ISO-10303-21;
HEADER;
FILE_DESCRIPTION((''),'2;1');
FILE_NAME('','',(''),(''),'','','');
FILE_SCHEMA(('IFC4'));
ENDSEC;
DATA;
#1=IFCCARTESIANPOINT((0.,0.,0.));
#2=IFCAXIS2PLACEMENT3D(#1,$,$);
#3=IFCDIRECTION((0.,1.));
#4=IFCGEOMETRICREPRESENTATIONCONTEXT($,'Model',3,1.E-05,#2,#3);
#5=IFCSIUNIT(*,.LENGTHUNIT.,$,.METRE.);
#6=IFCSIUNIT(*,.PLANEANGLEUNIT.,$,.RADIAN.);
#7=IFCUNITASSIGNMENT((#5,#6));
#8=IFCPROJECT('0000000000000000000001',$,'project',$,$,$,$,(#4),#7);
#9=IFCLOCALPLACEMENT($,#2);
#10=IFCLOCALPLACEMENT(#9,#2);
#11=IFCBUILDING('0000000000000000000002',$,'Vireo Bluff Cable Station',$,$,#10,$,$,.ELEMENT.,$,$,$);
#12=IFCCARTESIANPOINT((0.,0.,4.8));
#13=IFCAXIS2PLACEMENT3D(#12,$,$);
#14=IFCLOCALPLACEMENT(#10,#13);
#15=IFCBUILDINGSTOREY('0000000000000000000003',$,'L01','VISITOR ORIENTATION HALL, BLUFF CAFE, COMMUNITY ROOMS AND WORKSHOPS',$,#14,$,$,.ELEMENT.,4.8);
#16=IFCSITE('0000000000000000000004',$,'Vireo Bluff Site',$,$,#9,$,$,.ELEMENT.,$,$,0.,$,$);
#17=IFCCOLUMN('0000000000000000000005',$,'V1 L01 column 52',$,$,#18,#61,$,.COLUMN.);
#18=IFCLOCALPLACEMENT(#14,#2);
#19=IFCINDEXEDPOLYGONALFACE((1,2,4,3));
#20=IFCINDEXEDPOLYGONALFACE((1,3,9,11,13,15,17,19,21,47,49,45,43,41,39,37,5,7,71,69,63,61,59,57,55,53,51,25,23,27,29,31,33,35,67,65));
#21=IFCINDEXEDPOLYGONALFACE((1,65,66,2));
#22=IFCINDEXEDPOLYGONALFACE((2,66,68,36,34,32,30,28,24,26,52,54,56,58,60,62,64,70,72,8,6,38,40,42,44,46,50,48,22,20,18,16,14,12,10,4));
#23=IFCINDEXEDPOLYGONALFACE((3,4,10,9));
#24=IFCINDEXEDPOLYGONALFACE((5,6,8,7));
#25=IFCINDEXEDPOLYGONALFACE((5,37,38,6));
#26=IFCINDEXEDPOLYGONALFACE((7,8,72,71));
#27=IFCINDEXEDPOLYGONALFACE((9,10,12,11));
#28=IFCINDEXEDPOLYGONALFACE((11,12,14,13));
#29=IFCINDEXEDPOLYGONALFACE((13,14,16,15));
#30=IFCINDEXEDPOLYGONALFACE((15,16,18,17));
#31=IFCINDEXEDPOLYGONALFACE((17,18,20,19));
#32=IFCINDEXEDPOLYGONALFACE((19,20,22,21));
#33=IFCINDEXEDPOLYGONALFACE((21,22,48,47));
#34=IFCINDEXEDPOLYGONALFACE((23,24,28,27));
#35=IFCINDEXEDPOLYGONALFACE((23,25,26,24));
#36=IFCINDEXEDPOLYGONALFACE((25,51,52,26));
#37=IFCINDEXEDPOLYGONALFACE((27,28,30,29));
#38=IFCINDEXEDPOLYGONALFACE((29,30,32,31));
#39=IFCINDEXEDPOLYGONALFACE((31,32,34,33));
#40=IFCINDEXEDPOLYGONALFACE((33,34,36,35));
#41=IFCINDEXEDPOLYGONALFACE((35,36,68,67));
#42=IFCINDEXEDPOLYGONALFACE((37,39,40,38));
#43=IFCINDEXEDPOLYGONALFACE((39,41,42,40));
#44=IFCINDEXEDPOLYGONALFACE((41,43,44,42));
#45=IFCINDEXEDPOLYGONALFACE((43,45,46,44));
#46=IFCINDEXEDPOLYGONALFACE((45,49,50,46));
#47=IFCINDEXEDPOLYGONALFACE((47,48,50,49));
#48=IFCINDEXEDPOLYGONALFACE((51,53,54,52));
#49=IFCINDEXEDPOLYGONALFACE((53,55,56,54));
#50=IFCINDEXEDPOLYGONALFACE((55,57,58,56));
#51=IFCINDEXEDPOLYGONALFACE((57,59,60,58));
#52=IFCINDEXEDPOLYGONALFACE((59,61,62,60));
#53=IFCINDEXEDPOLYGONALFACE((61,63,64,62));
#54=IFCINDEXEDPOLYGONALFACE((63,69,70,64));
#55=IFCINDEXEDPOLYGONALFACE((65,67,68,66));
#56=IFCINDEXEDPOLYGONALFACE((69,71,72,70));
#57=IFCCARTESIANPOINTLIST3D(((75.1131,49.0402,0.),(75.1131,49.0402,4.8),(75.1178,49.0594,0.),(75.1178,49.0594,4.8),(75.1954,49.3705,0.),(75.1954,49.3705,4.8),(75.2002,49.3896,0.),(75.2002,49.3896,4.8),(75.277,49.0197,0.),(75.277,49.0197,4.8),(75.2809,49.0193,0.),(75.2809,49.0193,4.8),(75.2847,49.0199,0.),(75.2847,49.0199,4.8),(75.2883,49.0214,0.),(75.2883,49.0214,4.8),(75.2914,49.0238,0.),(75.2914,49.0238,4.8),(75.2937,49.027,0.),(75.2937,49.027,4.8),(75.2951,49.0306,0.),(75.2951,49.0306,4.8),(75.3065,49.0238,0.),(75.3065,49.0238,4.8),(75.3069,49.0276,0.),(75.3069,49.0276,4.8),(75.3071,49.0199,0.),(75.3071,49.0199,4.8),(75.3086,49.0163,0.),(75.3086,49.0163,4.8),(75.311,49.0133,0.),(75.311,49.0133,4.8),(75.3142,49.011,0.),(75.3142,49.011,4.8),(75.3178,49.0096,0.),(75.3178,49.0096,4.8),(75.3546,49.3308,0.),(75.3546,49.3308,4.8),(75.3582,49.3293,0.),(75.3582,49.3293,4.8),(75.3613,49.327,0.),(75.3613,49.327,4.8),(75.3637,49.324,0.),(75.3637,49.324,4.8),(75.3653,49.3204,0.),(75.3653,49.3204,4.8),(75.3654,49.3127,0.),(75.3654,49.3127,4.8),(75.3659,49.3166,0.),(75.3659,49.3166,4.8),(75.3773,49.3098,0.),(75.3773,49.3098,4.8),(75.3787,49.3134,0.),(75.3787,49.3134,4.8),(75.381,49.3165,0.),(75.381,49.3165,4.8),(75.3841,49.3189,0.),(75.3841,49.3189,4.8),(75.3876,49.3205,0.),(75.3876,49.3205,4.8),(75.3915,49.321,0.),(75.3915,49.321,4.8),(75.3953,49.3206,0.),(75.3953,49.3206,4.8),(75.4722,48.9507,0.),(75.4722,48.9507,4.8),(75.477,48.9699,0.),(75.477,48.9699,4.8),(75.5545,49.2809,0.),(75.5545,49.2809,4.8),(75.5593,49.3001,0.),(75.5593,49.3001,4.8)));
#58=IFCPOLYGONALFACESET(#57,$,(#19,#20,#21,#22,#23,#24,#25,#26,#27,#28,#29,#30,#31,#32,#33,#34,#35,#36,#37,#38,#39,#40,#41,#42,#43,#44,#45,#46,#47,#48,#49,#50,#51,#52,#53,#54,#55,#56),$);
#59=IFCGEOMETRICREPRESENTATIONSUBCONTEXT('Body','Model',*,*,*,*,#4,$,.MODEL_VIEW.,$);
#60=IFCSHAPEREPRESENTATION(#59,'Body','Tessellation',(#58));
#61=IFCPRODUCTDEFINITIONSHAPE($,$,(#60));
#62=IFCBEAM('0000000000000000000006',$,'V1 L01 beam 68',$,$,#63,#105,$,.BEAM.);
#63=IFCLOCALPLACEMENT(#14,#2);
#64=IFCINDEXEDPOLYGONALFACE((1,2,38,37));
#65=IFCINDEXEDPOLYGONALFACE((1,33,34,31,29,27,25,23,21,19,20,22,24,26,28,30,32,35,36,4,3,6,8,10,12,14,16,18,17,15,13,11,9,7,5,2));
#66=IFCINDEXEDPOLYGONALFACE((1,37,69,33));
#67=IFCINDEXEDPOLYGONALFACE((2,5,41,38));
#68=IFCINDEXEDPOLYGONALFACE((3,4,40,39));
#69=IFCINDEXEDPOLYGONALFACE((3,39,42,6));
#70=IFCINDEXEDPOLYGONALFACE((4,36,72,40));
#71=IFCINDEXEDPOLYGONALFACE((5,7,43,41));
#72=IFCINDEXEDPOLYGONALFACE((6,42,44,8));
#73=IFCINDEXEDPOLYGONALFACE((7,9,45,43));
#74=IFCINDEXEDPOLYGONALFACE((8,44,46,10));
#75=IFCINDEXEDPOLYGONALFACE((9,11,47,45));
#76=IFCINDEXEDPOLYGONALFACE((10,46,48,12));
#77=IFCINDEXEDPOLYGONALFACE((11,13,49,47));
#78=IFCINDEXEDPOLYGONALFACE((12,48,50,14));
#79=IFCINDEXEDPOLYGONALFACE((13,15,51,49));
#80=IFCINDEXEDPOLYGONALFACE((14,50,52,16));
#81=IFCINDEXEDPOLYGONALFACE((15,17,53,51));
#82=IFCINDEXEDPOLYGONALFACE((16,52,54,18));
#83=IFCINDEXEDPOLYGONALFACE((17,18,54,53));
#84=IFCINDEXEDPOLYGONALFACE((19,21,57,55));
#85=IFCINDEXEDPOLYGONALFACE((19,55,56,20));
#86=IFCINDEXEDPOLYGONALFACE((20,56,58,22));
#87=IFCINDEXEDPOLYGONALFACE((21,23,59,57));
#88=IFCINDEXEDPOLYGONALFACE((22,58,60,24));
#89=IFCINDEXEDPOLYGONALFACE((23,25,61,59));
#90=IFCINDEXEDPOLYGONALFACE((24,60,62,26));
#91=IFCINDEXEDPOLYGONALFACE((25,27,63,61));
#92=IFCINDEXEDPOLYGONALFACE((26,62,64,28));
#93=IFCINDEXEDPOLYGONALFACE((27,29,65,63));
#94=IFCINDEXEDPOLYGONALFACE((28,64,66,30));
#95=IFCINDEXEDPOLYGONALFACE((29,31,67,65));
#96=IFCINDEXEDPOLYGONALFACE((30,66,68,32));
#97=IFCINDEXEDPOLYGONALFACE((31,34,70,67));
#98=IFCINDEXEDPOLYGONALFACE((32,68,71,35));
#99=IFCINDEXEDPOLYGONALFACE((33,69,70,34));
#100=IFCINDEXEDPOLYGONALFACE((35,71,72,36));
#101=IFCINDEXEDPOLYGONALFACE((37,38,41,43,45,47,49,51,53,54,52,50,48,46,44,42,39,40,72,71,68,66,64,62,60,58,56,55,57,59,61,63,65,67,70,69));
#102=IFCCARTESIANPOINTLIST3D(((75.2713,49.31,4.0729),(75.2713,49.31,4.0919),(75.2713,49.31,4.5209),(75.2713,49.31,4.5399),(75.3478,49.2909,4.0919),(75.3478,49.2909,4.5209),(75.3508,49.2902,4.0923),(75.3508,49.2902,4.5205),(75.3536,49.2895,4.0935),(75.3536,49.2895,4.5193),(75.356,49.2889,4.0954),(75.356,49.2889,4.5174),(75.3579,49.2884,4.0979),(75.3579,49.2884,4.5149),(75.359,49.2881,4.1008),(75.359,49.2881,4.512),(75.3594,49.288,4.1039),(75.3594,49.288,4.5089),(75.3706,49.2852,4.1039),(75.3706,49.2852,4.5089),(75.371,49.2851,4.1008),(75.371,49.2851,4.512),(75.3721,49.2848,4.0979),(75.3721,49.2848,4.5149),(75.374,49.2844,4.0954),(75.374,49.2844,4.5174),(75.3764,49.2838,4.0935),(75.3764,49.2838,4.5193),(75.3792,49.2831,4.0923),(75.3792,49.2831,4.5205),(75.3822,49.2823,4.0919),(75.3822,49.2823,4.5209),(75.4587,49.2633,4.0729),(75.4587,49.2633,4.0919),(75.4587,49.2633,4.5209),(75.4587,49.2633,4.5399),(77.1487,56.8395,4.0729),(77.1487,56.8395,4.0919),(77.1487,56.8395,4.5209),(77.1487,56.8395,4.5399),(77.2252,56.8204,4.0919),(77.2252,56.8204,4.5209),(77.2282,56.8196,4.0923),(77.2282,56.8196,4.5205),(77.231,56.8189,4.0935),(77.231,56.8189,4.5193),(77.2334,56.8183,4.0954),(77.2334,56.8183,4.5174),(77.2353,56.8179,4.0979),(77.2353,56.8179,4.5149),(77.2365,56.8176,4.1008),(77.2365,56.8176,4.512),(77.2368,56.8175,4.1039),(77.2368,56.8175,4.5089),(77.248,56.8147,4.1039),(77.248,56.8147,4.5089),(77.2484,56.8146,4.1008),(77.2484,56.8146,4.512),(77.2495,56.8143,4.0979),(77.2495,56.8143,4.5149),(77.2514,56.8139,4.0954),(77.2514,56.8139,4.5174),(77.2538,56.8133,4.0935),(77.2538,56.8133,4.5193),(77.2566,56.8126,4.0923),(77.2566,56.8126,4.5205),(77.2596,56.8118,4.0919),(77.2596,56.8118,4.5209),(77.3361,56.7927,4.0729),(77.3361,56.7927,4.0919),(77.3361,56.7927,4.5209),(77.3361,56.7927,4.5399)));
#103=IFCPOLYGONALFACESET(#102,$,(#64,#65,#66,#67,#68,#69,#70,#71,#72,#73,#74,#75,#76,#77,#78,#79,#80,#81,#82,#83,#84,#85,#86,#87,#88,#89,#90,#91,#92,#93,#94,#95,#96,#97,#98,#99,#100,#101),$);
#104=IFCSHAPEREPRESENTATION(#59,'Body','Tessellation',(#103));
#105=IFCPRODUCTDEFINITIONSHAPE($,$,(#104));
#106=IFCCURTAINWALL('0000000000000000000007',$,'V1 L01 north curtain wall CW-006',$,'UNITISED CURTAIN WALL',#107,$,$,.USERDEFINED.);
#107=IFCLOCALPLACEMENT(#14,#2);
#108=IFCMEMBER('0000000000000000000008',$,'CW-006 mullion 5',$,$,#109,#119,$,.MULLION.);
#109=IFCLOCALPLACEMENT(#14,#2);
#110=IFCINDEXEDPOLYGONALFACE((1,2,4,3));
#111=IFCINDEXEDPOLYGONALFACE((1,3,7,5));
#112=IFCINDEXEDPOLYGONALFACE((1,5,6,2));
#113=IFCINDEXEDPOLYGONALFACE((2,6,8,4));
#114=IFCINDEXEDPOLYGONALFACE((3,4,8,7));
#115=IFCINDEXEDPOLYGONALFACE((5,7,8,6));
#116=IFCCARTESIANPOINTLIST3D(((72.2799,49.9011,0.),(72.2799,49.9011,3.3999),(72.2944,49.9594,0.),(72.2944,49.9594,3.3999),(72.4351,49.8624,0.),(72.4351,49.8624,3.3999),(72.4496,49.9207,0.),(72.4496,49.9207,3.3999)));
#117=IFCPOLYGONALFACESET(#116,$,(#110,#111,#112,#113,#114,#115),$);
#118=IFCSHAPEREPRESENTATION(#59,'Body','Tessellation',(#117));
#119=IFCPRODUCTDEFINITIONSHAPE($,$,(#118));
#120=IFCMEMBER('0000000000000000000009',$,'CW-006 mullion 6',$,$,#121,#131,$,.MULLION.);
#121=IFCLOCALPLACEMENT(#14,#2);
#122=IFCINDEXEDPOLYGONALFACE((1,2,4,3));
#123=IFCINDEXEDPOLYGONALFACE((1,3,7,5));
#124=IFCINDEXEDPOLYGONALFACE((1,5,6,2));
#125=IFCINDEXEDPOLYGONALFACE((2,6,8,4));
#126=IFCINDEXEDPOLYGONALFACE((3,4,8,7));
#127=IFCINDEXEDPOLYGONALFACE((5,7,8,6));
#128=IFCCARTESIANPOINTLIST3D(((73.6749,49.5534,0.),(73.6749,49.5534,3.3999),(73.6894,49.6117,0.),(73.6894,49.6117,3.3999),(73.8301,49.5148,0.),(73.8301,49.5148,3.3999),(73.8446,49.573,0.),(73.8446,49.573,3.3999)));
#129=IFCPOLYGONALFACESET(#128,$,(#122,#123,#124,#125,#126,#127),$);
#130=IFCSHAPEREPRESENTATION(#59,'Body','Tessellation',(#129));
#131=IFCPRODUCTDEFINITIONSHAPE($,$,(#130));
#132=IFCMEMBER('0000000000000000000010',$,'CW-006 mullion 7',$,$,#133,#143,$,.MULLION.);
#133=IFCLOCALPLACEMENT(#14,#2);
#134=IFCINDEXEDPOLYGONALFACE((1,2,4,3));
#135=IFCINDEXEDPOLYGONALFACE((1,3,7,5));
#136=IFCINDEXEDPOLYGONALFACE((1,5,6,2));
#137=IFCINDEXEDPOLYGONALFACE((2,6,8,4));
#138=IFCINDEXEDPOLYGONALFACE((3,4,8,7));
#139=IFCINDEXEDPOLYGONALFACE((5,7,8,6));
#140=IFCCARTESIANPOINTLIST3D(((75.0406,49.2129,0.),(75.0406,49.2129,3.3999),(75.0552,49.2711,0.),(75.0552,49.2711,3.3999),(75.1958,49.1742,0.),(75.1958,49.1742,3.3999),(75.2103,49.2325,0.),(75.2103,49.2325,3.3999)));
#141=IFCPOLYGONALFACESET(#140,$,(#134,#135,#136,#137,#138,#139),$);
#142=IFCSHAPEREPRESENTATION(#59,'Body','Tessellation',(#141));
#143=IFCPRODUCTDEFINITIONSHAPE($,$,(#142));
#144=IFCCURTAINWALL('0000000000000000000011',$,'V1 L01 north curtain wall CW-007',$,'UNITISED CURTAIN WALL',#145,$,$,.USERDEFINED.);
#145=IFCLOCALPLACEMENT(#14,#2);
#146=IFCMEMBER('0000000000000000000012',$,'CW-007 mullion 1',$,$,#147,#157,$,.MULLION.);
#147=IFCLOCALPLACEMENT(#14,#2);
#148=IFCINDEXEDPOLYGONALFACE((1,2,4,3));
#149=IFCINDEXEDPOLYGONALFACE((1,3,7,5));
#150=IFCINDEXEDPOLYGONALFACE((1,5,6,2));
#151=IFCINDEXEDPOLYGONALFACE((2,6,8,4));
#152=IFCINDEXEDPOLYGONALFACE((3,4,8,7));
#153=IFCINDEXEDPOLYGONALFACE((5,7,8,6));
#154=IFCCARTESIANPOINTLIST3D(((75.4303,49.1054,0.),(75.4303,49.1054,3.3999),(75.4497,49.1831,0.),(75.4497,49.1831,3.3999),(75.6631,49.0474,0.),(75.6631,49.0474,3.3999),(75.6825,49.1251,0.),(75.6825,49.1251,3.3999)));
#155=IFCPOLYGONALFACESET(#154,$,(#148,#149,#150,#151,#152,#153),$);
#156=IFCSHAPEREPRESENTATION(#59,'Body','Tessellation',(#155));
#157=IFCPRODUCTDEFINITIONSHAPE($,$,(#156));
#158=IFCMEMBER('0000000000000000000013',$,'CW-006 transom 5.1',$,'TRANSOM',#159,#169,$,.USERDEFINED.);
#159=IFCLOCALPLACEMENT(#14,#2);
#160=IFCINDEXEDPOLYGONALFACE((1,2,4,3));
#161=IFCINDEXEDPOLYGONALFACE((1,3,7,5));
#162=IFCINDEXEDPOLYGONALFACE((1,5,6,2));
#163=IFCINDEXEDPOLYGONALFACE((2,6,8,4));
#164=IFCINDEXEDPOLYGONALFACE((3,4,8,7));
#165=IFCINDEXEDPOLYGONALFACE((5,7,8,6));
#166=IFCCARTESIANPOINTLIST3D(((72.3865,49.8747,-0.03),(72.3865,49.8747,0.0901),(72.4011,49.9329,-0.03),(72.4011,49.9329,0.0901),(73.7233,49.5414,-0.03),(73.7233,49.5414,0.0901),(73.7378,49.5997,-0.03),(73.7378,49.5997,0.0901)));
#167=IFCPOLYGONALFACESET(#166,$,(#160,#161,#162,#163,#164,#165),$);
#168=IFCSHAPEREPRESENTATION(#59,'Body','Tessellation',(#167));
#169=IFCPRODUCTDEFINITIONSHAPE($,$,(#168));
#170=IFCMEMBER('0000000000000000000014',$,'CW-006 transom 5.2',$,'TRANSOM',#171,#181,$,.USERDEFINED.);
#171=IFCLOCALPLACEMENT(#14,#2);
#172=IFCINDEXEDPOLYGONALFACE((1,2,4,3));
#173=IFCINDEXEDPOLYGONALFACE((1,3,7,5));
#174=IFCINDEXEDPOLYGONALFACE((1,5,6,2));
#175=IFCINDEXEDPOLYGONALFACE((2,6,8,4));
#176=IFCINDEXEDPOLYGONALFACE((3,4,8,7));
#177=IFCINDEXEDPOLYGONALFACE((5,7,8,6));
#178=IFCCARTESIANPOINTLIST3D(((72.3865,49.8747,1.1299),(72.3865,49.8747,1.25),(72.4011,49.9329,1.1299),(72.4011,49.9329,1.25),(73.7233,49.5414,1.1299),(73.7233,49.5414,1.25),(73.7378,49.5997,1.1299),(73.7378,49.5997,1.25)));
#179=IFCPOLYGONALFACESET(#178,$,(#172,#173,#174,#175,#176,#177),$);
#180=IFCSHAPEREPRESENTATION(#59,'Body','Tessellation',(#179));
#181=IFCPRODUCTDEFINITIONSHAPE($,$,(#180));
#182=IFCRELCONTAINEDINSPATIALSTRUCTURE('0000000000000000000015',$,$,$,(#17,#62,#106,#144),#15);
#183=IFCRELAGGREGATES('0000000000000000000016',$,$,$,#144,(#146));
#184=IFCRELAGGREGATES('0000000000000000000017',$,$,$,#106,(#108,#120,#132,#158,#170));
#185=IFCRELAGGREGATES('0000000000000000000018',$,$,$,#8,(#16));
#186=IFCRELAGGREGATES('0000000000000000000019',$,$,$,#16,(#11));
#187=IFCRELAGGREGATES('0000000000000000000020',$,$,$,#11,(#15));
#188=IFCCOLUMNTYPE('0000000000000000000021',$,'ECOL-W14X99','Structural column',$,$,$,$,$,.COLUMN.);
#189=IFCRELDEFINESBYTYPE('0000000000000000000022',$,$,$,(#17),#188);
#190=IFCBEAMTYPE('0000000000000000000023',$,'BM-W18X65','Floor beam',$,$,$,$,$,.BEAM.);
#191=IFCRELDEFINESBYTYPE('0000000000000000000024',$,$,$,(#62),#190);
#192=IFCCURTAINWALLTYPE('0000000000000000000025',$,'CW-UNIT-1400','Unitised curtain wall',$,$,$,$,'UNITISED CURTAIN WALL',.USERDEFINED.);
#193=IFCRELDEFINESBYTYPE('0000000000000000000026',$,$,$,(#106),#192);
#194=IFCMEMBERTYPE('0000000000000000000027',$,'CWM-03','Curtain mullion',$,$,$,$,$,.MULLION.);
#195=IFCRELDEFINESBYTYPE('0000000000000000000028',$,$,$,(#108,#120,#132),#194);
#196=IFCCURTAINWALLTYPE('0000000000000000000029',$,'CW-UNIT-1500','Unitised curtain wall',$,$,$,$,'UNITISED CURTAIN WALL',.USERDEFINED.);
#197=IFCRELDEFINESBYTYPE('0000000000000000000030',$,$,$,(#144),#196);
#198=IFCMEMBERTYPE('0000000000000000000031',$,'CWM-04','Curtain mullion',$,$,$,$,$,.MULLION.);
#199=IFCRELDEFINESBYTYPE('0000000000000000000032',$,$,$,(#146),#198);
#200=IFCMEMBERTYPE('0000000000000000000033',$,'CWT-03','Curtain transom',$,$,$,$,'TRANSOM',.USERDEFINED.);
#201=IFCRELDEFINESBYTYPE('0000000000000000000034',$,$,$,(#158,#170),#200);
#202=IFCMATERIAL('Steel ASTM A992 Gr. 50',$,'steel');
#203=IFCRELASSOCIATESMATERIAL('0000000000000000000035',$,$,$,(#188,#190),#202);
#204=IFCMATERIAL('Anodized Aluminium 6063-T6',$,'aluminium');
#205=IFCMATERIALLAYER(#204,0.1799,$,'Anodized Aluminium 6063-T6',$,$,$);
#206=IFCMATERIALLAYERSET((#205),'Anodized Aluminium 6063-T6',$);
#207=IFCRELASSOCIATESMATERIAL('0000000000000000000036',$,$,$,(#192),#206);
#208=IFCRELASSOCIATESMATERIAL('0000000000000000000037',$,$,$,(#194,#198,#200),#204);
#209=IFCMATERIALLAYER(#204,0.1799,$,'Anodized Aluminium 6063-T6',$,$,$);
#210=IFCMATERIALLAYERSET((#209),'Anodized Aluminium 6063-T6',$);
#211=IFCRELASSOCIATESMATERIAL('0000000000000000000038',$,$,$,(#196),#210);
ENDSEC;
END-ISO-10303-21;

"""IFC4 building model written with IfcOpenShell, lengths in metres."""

from ifc_helpers import new_model, si_unit, direction, frame, origin, origin_2d, place, context, subcontext, project, spatial, rectangle, i_section, extrude, material, layer, layer_set, material_profile, profile_set, type_object, element, aggregate, save


model = new_model("IFC4")

# Units and contexts
model_context = context("Model", 3, precision=1e-05, world=origin(), true_north=direction((0.0, 1.0)))
body_context = subcontext(model_context, "Body", "Model", "MODEL_VIEW")
ifc_project = project(units=[si_unit("LENGTHUNIT", "METRE"), si_unit("PLANEANGLEUNIT", "RADIAN")], contexts=[model_context])

# Site, building, storey
site_placement = place(None, origin())
site = spatial("IfcSite", under=ifc_project, at=site_placement, Name="Vireo Bluff Site", CompositionType="ELEMENT", RefElevation=0.0)
building_placement = place(site_placement, origin())
building = spatial("IfcBuilding", under=site, at=building_placement, Name="Vireo Bluff Cable Station", CompositionType="ELEMENT")
storey_placement = place(building_placement, frame((0.0, 0.0, 4.8)))
storey = spatial("IfcBuildingStorey", under=building, at=storey_placement, Name="L01", Description="VISITOR ORIENTATION HALL, BLUFF CAFE, COMMUNITY ROOMS AND WORKSHOPS", CompositionType="ELEMENT", Elevation=4.8)

# Column
ifc_material_1 = material(Name="Steel ASTM A992 Gr. 50", Category="steel")
ifc_material_profile_1 = material_profile(ifc_material_1, i_section(OverallWidth=0.3701, OverallDepth=0.3601, WebThickness=0.0122, FlangeThickness=0.0198, FilletRadius=0.0149, at=origin_2d()), Name="W14X99")
ifc_profile_set_1 = profile_set([ifc_material_profile_1], Name="Steel ASTM A992 Gr. 50")
column_type = type_object("IfcColumnType", Name="ECOL-W14X99", Description="Structural column", PredefinedType="COLUMN", material=ifc_profile_set_1)
column_placement = place(storey_placement, frame((75.3362, 49.1702, 0.0), z_axis=(0.0, 0.0, 1.0), x_axis=(0.970296, -0.241922, 0.0)))
element("IfcColumn", 1, at=column_placement, inside=storey, type_object=column_type, Name="V1 L01 column 52", PredefinedType="COLUMN", context=body_context, shape_type="SweptSolid", body=[
    extrude(i_section(OverallWidth=0.3701, OverallDepth=0.3601, WebThickness=0.0122, FlangeThickness=0.0198, FilletRadius=0.0149, at=origin_2d()), origin(), (0.0, 0.0, 1.0), 4.8),
])

# Beam
ifc_material_profile_2 = material_profile(ifc_material_1, i_section(OverallWidth=0.1931, OverallDepth=0.467, WebThickness=0.0115, FlangeThickness=0.019, FilletRadius=0.012, at=origin_2d()), Name="W18X65")
ifc_profile_set_2 = profile_set([ifc_material_profile_2], Name="Steel ASTM A992 Gr. 50")
beam_type_1 = type_object("IfcBeamType", Name="BM-W18X65", Description="Floor beam", PredefinedType="BEAM", material=ifc_profile_set_2)
beam_1_placement = place(storey_placement, frame((75.365, 49.2866, 4.3064), z_axis=(0.241936, 0.970292, 0.0), x_axis=(-0.970292, 0.241936, 0.0)))
element("IfcBeam", 2, at=beam_1_placement, inside=storey, type_object=beam_type_1, Name="V1 L01 beam 68", PredefinedType="BEAM", context=body_context, shape_type="SweptSolid", body=[
    extrude(i_section(OverallWidth=0.1931, OverallDepth=0.467, WebThickness=0.0115, FlangeThickness=0.019, FilletRadius=0.012, at=origin_2d()), origin(), (0.0, 0.0, 1.0), 7.76),
])

# Curtain wall, members
ifc_material_2 = material(Name="Anodized Aluminium 6063-T6", Category="aluminium")
ifc_layer_1 = layer(ifc_material_2, 0.1799, Name="Anodized Aluminium 6063-T6")
ifc_layer_set_1 = layer_set([ifc_layer_1], Name="Anodized Aluminium 6063-T6")
curtain_wall_type_1 = type_object("IfcCurtainWallType", Name="CW-UNIT-1400", Description="Unitised curtain wall", ElementType="UNITISED CURTAIN WALL", PredefinedType="USERDEFINED", material=ifc_layer_set_1)
curtain_wall_1_placement = place(storey_placement, origin())
curtain_wall_1 = element("IfcCurtainWall", 3, at=curtain_wall_1_placement, inside=storey, type_object=curtain_wall_type_1, Name="V1 L01 north curtain wall CW-006", ObjectType="UNITISED CURTAIN WALL", PredefinedType="USERDEFINED")
ifc_material_profile_3 = material_profile(ifc_material_2, rectangle(XDim=0.0601, YDim=0.1599, at=origin_2d()), Name="ALU-M-60X160")
ifc_profile_set_3 = profile_set([ifc_material_profile_3], Name="Anodized Aluminium 6063-T6")
member_type_1 = type_object("IfcMemberType", Name="CWM-03", Description="Curtain mullion", PredefinedType="MULLION", material=ifc_profile_set_3)
member_1_placement = place(storey_placement, frame((72.3647, 49.9109, 0.0), z_axis=(0.0, 0.0, 1.0), x_axis=(0.241922, 0.970296, 0.0)))
member_1 = element("IfcMember", 4, at=member_1_placement, type_object=member_type_1, Name="CW-006 mullion 5", PredefinedType="MULLION", context=body_context, shape_type="SweptSolid", body=[
    extrude(rectangle(XDim=0.0601, YDim=0.1599, at=origin_2d()), origin(), (0.0, 0.0, 1.0), 3.3999),
])
member_2_placement = place(storey_placement, frame((73.7598, 49.5632, 0.0), z_axis=(0.0, 0.0, 1.0), x_axis=(0.241922, 0.970296, 0.0)))
member_2 = element("IfcMember", 5, at=member_2_placement, type_object=member_type_1, Name="CW-006 mullion 6", PredefinedType="MULLION", context=body_context, shape_type="SweptSolid", body=[
    extrude(rectangle(XDim=0.0601, YDim=0.1599, at=origin_2d()), origin(), (0.0, 0.0, 1.0), 3.3999),
])
member_3_placement = place(storey_placement, frame((75.1255, 49.2227, 0.0), z_axis=(0.0, 0.0, 1.0), x_axis=(0.241922, 0.970296, 0.0)))
member_3 = element("IfcMember", 6, at=member_3_placement, type_object=member_type_1, Name="CW-006 mullion 7", PredefinedType="MULLION", context=body_context, shape_type="SweptSolid", body=[
    extrude(rectangle(XDim=0.0601, YDim=0.1599, at=origin_2d()), origin(), (0.0, 0.0, 1.0), 3.3999),
])

# Curtain wall, member
ifc_layer_2 = layer(ifc_material_2, 0.1799, Name="Anodized Aluminium 6063-T6")
ifc_layer_set_2 = layer_set([ifc_layer_2], Name="Anodized Aluminium 6063-T6")
curtain_wall_type_2 = type_object("IfcCurtainWallType", Name="CW-UNIT-1500", Description="Unitised curtain wall", ElementType="UNITISED CURTAIN WALL", PredefinedType="USERDEFINED", material=ifc_layer_set_2)
curtain_wall_2_placement = place(storey_placement, origin())
curtain_wall_2 = element("IfcCurtainWall", 7, at=curtain_wall_2_placement, inside=storey, type_object=curtain_wall_type_2, Name="V1 L01 north curtain wall CW-007", ObjectType="UNITISED CURTAIN WALL", PredefinedType="USERDEFINED")
ifc_material_profile_4 = material_profile(ifc_material_2, rectangle(XDim=0.0801, YDim=0.24, at=origin_2d()), Name="ALU-M-80X240")
ifc_profile_set_4 = profile_set([ifc_material_profile_4], Name="Anodized Aluminium 6063-T6")
member_type_2 = type_object("IfcMemberType", Name="CWM-04", Description="Curtain mullion", PredefinedType="MULLION", material=ifc_profile_set_4)
member_4_placement = place(storey_placement, frame((75.5564, 49.1152, 0.0), z_axis=(0.0, 0.0, 1.0), x_axis=(0.241922, 0.970296, 0.0)))
member_4 = element("IfcMember", 8, at=member_4_placement, type_object=member_type_2, Name="CW-007 mullion 1", PredefinedType="MULLION", context=body_context, shape_type="SweptSolid", body=[
    extrude(rectangle(XDim=0.0801, YDim=0.24, at=origin_2d()), origin(), (0.0, 0.0, 1.0), 3.3999),
])

# Members
ifc_material_profile_5 = material_profile(ifc_material_2, rectangle(XDim=0.0601, YDim=0.1201, at=origin_2d()), Name="ALU-T-60X120")
ifc_profile_set_5 = profile_set([ifc_material_profile_5], Name="Anodized Aluminium 6063-T6")
member_type_3 = type_object("IfcMemberType", Name="CWT-03", Description="Curtain transom", ElementType="TRANSOM", PredefinedType="USERDEFINED", material=ifc_profile_set_5)
member_5_placement = place(storey_placement, frame((72.3938, 49.9038, 0.03), z_axis=(0.970299, -0.24191, 0.0), x_axis=(0.24191, 0.970299, 0.0)))
member_5 = element("IfcMember", 9, at=member_5_placement, type_object=member_type_3, Name="CW-006 transom 5.1", ObjectType="TRANSOM", PredefinedType="USERDEFINED", context=body_context, shape_type="SweptSolid", body=[
    extrude(rectangle(XDim=0.0601, YDim=0.1201, at=origin_2d()), origin(), (0.0, 0.0, 1.0), 1.3777),
])
member_6_placement = place(storey_placement, frame((72.3938, 49.9038, 1.1899), z_axis=(0.970299, -0.24191, 0.0), x_axis=(0.24191, 0.970299, 0.0)))
member_6 = element("IfcMember", 10, at=member_6_placement, type_object=member_type_3, Name="CW-006 transom 5.2", ObjectType="TRANSOM", PredefinedType="USERDEFINED", context=body_context, shape_type="SweptSolid", body=[
    extrude(rectangle(XDim=0.0601, YDim=0.1201, at=origin_2d()), origin(), (0.0, 0.0, 1.0), 1.3777),
])
aggregate(curtain_wall_2, [member_4])

aggregate(curtain_wall_1, [member_1, member_2, member_3, member_5, member_6])

save(model, "model.ifc")
